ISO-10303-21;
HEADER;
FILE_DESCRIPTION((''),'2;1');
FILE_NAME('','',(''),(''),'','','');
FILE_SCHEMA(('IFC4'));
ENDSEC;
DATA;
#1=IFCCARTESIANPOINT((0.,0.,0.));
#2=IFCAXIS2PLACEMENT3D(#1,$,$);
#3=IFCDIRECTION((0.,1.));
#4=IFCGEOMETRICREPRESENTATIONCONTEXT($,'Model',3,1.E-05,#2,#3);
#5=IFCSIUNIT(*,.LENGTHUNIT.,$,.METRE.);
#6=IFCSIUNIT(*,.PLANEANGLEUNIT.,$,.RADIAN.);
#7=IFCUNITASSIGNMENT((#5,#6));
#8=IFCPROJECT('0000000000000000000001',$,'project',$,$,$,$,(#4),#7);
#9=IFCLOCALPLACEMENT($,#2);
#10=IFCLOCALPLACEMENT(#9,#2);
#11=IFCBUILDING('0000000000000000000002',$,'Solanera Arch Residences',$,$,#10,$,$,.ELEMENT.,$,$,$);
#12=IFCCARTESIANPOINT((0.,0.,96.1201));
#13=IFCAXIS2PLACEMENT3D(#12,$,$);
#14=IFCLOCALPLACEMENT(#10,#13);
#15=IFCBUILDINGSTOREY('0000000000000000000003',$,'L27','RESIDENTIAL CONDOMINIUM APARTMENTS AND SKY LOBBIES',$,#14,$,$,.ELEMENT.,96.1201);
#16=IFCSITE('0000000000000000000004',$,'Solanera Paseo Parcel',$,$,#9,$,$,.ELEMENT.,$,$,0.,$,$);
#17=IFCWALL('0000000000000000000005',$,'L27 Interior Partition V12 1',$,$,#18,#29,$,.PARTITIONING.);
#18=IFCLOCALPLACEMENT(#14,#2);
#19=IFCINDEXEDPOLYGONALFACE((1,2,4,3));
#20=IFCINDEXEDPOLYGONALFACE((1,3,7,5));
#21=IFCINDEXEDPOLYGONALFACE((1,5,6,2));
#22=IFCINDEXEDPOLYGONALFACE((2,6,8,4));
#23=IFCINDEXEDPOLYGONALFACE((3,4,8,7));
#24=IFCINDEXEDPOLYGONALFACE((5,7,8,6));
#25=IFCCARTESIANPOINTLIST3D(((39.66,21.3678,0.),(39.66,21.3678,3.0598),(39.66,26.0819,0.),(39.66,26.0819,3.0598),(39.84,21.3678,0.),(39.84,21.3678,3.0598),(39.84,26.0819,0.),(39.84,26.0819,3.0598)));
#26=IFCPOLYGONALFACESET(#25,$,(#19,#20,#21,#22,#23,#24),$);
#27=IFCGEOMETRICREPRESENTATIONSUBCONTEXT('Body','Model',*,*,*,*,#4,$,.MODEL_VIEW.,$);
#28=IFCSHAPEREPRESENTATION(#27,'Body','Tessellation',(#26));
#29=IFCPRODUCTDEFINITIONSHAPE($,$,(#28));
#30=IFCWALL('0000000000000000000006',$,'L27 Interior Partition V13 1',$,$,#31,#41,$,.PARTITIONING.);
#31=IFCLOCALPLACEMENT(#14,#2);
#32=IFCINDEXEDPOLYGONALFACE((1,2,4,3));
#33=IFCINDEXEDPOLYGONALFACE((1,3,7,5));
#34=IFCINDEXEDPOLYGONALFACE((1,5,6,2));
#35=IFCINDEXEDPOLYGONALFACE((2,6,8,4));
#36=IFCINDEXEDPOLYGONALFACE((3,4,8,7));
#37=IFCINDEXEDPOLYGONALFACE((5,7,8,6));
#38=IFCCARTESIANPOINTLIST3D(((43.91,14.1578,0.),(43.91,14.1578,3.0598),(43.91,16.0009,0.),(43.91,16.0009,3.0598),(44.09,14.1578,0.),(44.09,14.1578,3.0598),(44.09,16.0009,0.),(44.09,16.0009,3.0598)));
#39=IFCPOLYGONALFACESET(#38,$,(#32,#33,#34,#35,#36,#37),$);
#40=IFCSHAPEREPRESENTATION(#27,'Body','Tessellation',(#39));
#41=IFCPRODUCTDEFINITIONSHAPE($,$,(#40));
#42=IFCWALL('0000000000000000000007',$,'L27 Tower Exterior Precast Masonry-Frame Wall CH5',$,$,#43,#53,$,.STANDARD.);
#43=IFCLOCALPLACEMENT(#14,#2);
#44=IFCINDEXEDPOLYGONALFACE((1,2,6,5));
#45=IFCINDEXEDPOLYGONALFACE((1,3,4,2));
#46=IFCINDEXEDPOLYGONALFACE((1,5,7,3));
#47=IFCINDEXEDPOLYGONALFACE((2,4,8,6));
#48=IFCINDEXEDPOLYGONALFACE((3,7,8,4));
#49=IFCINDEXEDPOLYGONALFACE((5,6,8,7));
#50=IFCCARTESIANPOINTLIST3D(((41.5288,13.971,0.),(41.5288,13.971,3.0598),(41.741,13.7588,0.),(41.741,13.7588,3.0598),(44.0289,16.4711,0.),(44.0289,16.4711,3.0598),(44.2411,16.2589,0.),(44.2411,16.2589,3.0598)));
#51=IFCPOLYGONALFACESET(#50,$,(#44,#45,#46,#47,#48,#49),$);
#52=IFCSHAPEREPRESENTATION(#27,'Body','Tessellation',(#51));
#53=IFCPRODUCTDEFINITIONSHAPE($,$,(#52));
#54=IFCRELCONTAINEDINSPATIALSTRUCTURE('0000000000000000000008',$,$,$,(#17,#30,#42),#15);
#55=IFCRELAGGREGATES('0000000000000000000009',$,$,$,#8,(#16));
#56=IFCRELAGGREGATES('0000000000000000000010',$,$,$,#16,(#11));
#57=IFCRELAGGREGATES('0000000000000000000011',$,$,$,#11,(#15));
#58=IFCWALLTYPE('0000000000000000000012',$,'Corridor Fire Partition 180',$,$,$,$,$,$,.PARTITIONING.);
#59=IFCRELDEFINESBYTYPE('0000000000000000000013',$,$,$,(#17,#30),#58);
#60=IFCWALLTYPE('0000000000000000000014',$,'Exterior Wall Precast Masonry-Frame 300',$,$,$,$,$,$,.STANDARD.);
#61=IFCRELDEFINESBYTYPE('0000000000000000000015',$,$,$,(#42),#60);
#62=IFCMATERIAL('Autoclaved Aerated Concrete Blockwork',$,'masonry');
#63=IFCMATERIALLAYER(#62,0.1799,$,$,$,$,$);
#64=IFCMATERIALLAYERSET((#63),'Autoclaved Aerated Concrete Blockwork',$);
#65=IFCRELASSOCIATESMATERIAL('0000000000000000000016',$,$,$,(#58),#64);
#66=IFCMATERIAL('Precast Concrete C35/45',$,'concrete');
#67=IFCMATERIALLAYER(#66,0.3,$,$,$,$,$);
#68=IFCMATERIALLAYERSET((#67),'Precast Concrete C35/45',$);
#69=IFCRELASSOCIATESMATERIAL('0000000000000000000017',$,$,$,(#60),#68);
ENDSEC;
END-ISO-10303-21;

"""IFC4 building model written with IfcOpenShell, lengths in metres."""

from ifc_helpers import new_model, si_unit, direction, frame, frame_2d, origin, place, context, subcontext, project, spatial, rectangle, extrude, material, layer, layer_set, type_object, element, save


model = new_model("IFC4")

# Units and contexts
model_context = context("Model", 3, precision=1e-05, world=origin(), true_north=direction((0.0, 1.0)))
body_context = subcontext(model_context, "Body", "Model", "MODEL_VIEW")
ifc_project = project(units=[si_unit("LENGTHUNIT", "METRE"), si_unit("PLANEANGLEUNIT", "RADIAN")], contexts=[model_context])

# Site, building, storey
site_placement = place(None, origin())
site = spatial("IfcSite", under=ifc_project, at=site_placement, Name="Solanera Paseo Parcel", CompositionType="ELEMENT", RefElevation=0.0)
building_placement = place(site_placement, origin())
building = spatial("IfcBuilding", under=site, at=building_placement, Name="Solanera Arch Residences", CompositionType="ELEMENT")
storey_placement = place(building_placement, frame((0.0, 0.0, 96.1201)))
storey = spatial("IfcBuildingStorey", under=building, at=storey_placement, Name="L27", Description="RESIDENTIAL CONDOMINIUM APARTMENTS AND SKY LOBBIES", CompositionType="ELEMENT", Elevation=96.1201)

# Walls
ifc_material_1 = material(Name="Autoclaved Aerated Concrete Blockwork", Category="masonry")
ifc_layer_1 = layer(ifc_material_1, 0.1799)
ifc_layer_set_1 = layer_set([ifc_layer_1], Name="Autoclaved Aerated Concrete Blockwork")
wall_type_1 = type_object("IfcWallType", Name="Corridor Fire Partition 180", PredefinedType="PARTITIONING", material=ifc_layer_set_1)
wall_1_placement = place(storey_placement, frame((39.75, 21.3679, 0.0), z_axis=(0.0, 0.0, 1.0), x_axis=(0.0, 1.0, 0.0)))
element("IfcWall", 1, at=wall_1_placement, inside=storey, type_object=wall_type_1, Name="L27 Interior Partition V12 1", PredefinedType="PARTITIONING", context=body_context, shape_type="SweptSolid", body=[
    extrude(rectangle(XDim=4.7141, YDim=0.1799, at=frame_2d((2.3569, 0.0))), origin(), (0.0, 0.0, 1.0), 3.0598),
])
wall_2_placement = place(storey_placement, frame((44.0, 14.158, 0.0), z_axis=(0.0, 0.0, 1.0), x_axis=(0.0, 1.0, 0.0)))
element("IfcWall", 2, at=wall_2_placement, inside=storey, type_object=wall_type_1, Name="L27 Interior Partition V13 1", PredefinedType="PARTITIONING", context=body_context, shape_type="SweptSolid", body=[
    extrude(rectangle(XDim=1.843, YDim=0.1799, at=frame_2d((0.9214, 0.0))), origin(), (0.0, 0.0, 1.0), 3.0598),
])
ifc_material_2 = material(Name="Precast Concrete C35/45", Category="concrete")
ifc_layer_2 = layer(ifc_material_2, 0.3)
ifc_layer_set_2 = layer_set([ifc_layer_2], Name="Precast Concrete C35/45")
wall_type_2 = type_object("IfcWallType", Name="Exterior Wall Precast Masonry-Frame 300", PredefinedType="STANDARD", material=ifc_layer_set_2)
wall_3_placement = place(storey_placement, frame((44.135, 16.365, 0.0), z_axis=(0.0, 0.0, 1.0), x_axis=(-0.707107, -0.707107, 0.0)))
element("IfcWall", 3, at=wall_3_placement, inside=storey, type_object=wall_type_2, Name="L27 Tower Exterior Precast Masonry-Frame Wall CH5", PredefinedType="STANDARD", context=body_context, shape_type="SweptSolid", body=[
    extrude(rectangle(XDim=3.5356, YDim=0.3, at=frame_2d((1.7678, 0.0))), origin(), (0.0, 0.0, 1.0), 3.0598),
])

save(model, "model.ifc")
